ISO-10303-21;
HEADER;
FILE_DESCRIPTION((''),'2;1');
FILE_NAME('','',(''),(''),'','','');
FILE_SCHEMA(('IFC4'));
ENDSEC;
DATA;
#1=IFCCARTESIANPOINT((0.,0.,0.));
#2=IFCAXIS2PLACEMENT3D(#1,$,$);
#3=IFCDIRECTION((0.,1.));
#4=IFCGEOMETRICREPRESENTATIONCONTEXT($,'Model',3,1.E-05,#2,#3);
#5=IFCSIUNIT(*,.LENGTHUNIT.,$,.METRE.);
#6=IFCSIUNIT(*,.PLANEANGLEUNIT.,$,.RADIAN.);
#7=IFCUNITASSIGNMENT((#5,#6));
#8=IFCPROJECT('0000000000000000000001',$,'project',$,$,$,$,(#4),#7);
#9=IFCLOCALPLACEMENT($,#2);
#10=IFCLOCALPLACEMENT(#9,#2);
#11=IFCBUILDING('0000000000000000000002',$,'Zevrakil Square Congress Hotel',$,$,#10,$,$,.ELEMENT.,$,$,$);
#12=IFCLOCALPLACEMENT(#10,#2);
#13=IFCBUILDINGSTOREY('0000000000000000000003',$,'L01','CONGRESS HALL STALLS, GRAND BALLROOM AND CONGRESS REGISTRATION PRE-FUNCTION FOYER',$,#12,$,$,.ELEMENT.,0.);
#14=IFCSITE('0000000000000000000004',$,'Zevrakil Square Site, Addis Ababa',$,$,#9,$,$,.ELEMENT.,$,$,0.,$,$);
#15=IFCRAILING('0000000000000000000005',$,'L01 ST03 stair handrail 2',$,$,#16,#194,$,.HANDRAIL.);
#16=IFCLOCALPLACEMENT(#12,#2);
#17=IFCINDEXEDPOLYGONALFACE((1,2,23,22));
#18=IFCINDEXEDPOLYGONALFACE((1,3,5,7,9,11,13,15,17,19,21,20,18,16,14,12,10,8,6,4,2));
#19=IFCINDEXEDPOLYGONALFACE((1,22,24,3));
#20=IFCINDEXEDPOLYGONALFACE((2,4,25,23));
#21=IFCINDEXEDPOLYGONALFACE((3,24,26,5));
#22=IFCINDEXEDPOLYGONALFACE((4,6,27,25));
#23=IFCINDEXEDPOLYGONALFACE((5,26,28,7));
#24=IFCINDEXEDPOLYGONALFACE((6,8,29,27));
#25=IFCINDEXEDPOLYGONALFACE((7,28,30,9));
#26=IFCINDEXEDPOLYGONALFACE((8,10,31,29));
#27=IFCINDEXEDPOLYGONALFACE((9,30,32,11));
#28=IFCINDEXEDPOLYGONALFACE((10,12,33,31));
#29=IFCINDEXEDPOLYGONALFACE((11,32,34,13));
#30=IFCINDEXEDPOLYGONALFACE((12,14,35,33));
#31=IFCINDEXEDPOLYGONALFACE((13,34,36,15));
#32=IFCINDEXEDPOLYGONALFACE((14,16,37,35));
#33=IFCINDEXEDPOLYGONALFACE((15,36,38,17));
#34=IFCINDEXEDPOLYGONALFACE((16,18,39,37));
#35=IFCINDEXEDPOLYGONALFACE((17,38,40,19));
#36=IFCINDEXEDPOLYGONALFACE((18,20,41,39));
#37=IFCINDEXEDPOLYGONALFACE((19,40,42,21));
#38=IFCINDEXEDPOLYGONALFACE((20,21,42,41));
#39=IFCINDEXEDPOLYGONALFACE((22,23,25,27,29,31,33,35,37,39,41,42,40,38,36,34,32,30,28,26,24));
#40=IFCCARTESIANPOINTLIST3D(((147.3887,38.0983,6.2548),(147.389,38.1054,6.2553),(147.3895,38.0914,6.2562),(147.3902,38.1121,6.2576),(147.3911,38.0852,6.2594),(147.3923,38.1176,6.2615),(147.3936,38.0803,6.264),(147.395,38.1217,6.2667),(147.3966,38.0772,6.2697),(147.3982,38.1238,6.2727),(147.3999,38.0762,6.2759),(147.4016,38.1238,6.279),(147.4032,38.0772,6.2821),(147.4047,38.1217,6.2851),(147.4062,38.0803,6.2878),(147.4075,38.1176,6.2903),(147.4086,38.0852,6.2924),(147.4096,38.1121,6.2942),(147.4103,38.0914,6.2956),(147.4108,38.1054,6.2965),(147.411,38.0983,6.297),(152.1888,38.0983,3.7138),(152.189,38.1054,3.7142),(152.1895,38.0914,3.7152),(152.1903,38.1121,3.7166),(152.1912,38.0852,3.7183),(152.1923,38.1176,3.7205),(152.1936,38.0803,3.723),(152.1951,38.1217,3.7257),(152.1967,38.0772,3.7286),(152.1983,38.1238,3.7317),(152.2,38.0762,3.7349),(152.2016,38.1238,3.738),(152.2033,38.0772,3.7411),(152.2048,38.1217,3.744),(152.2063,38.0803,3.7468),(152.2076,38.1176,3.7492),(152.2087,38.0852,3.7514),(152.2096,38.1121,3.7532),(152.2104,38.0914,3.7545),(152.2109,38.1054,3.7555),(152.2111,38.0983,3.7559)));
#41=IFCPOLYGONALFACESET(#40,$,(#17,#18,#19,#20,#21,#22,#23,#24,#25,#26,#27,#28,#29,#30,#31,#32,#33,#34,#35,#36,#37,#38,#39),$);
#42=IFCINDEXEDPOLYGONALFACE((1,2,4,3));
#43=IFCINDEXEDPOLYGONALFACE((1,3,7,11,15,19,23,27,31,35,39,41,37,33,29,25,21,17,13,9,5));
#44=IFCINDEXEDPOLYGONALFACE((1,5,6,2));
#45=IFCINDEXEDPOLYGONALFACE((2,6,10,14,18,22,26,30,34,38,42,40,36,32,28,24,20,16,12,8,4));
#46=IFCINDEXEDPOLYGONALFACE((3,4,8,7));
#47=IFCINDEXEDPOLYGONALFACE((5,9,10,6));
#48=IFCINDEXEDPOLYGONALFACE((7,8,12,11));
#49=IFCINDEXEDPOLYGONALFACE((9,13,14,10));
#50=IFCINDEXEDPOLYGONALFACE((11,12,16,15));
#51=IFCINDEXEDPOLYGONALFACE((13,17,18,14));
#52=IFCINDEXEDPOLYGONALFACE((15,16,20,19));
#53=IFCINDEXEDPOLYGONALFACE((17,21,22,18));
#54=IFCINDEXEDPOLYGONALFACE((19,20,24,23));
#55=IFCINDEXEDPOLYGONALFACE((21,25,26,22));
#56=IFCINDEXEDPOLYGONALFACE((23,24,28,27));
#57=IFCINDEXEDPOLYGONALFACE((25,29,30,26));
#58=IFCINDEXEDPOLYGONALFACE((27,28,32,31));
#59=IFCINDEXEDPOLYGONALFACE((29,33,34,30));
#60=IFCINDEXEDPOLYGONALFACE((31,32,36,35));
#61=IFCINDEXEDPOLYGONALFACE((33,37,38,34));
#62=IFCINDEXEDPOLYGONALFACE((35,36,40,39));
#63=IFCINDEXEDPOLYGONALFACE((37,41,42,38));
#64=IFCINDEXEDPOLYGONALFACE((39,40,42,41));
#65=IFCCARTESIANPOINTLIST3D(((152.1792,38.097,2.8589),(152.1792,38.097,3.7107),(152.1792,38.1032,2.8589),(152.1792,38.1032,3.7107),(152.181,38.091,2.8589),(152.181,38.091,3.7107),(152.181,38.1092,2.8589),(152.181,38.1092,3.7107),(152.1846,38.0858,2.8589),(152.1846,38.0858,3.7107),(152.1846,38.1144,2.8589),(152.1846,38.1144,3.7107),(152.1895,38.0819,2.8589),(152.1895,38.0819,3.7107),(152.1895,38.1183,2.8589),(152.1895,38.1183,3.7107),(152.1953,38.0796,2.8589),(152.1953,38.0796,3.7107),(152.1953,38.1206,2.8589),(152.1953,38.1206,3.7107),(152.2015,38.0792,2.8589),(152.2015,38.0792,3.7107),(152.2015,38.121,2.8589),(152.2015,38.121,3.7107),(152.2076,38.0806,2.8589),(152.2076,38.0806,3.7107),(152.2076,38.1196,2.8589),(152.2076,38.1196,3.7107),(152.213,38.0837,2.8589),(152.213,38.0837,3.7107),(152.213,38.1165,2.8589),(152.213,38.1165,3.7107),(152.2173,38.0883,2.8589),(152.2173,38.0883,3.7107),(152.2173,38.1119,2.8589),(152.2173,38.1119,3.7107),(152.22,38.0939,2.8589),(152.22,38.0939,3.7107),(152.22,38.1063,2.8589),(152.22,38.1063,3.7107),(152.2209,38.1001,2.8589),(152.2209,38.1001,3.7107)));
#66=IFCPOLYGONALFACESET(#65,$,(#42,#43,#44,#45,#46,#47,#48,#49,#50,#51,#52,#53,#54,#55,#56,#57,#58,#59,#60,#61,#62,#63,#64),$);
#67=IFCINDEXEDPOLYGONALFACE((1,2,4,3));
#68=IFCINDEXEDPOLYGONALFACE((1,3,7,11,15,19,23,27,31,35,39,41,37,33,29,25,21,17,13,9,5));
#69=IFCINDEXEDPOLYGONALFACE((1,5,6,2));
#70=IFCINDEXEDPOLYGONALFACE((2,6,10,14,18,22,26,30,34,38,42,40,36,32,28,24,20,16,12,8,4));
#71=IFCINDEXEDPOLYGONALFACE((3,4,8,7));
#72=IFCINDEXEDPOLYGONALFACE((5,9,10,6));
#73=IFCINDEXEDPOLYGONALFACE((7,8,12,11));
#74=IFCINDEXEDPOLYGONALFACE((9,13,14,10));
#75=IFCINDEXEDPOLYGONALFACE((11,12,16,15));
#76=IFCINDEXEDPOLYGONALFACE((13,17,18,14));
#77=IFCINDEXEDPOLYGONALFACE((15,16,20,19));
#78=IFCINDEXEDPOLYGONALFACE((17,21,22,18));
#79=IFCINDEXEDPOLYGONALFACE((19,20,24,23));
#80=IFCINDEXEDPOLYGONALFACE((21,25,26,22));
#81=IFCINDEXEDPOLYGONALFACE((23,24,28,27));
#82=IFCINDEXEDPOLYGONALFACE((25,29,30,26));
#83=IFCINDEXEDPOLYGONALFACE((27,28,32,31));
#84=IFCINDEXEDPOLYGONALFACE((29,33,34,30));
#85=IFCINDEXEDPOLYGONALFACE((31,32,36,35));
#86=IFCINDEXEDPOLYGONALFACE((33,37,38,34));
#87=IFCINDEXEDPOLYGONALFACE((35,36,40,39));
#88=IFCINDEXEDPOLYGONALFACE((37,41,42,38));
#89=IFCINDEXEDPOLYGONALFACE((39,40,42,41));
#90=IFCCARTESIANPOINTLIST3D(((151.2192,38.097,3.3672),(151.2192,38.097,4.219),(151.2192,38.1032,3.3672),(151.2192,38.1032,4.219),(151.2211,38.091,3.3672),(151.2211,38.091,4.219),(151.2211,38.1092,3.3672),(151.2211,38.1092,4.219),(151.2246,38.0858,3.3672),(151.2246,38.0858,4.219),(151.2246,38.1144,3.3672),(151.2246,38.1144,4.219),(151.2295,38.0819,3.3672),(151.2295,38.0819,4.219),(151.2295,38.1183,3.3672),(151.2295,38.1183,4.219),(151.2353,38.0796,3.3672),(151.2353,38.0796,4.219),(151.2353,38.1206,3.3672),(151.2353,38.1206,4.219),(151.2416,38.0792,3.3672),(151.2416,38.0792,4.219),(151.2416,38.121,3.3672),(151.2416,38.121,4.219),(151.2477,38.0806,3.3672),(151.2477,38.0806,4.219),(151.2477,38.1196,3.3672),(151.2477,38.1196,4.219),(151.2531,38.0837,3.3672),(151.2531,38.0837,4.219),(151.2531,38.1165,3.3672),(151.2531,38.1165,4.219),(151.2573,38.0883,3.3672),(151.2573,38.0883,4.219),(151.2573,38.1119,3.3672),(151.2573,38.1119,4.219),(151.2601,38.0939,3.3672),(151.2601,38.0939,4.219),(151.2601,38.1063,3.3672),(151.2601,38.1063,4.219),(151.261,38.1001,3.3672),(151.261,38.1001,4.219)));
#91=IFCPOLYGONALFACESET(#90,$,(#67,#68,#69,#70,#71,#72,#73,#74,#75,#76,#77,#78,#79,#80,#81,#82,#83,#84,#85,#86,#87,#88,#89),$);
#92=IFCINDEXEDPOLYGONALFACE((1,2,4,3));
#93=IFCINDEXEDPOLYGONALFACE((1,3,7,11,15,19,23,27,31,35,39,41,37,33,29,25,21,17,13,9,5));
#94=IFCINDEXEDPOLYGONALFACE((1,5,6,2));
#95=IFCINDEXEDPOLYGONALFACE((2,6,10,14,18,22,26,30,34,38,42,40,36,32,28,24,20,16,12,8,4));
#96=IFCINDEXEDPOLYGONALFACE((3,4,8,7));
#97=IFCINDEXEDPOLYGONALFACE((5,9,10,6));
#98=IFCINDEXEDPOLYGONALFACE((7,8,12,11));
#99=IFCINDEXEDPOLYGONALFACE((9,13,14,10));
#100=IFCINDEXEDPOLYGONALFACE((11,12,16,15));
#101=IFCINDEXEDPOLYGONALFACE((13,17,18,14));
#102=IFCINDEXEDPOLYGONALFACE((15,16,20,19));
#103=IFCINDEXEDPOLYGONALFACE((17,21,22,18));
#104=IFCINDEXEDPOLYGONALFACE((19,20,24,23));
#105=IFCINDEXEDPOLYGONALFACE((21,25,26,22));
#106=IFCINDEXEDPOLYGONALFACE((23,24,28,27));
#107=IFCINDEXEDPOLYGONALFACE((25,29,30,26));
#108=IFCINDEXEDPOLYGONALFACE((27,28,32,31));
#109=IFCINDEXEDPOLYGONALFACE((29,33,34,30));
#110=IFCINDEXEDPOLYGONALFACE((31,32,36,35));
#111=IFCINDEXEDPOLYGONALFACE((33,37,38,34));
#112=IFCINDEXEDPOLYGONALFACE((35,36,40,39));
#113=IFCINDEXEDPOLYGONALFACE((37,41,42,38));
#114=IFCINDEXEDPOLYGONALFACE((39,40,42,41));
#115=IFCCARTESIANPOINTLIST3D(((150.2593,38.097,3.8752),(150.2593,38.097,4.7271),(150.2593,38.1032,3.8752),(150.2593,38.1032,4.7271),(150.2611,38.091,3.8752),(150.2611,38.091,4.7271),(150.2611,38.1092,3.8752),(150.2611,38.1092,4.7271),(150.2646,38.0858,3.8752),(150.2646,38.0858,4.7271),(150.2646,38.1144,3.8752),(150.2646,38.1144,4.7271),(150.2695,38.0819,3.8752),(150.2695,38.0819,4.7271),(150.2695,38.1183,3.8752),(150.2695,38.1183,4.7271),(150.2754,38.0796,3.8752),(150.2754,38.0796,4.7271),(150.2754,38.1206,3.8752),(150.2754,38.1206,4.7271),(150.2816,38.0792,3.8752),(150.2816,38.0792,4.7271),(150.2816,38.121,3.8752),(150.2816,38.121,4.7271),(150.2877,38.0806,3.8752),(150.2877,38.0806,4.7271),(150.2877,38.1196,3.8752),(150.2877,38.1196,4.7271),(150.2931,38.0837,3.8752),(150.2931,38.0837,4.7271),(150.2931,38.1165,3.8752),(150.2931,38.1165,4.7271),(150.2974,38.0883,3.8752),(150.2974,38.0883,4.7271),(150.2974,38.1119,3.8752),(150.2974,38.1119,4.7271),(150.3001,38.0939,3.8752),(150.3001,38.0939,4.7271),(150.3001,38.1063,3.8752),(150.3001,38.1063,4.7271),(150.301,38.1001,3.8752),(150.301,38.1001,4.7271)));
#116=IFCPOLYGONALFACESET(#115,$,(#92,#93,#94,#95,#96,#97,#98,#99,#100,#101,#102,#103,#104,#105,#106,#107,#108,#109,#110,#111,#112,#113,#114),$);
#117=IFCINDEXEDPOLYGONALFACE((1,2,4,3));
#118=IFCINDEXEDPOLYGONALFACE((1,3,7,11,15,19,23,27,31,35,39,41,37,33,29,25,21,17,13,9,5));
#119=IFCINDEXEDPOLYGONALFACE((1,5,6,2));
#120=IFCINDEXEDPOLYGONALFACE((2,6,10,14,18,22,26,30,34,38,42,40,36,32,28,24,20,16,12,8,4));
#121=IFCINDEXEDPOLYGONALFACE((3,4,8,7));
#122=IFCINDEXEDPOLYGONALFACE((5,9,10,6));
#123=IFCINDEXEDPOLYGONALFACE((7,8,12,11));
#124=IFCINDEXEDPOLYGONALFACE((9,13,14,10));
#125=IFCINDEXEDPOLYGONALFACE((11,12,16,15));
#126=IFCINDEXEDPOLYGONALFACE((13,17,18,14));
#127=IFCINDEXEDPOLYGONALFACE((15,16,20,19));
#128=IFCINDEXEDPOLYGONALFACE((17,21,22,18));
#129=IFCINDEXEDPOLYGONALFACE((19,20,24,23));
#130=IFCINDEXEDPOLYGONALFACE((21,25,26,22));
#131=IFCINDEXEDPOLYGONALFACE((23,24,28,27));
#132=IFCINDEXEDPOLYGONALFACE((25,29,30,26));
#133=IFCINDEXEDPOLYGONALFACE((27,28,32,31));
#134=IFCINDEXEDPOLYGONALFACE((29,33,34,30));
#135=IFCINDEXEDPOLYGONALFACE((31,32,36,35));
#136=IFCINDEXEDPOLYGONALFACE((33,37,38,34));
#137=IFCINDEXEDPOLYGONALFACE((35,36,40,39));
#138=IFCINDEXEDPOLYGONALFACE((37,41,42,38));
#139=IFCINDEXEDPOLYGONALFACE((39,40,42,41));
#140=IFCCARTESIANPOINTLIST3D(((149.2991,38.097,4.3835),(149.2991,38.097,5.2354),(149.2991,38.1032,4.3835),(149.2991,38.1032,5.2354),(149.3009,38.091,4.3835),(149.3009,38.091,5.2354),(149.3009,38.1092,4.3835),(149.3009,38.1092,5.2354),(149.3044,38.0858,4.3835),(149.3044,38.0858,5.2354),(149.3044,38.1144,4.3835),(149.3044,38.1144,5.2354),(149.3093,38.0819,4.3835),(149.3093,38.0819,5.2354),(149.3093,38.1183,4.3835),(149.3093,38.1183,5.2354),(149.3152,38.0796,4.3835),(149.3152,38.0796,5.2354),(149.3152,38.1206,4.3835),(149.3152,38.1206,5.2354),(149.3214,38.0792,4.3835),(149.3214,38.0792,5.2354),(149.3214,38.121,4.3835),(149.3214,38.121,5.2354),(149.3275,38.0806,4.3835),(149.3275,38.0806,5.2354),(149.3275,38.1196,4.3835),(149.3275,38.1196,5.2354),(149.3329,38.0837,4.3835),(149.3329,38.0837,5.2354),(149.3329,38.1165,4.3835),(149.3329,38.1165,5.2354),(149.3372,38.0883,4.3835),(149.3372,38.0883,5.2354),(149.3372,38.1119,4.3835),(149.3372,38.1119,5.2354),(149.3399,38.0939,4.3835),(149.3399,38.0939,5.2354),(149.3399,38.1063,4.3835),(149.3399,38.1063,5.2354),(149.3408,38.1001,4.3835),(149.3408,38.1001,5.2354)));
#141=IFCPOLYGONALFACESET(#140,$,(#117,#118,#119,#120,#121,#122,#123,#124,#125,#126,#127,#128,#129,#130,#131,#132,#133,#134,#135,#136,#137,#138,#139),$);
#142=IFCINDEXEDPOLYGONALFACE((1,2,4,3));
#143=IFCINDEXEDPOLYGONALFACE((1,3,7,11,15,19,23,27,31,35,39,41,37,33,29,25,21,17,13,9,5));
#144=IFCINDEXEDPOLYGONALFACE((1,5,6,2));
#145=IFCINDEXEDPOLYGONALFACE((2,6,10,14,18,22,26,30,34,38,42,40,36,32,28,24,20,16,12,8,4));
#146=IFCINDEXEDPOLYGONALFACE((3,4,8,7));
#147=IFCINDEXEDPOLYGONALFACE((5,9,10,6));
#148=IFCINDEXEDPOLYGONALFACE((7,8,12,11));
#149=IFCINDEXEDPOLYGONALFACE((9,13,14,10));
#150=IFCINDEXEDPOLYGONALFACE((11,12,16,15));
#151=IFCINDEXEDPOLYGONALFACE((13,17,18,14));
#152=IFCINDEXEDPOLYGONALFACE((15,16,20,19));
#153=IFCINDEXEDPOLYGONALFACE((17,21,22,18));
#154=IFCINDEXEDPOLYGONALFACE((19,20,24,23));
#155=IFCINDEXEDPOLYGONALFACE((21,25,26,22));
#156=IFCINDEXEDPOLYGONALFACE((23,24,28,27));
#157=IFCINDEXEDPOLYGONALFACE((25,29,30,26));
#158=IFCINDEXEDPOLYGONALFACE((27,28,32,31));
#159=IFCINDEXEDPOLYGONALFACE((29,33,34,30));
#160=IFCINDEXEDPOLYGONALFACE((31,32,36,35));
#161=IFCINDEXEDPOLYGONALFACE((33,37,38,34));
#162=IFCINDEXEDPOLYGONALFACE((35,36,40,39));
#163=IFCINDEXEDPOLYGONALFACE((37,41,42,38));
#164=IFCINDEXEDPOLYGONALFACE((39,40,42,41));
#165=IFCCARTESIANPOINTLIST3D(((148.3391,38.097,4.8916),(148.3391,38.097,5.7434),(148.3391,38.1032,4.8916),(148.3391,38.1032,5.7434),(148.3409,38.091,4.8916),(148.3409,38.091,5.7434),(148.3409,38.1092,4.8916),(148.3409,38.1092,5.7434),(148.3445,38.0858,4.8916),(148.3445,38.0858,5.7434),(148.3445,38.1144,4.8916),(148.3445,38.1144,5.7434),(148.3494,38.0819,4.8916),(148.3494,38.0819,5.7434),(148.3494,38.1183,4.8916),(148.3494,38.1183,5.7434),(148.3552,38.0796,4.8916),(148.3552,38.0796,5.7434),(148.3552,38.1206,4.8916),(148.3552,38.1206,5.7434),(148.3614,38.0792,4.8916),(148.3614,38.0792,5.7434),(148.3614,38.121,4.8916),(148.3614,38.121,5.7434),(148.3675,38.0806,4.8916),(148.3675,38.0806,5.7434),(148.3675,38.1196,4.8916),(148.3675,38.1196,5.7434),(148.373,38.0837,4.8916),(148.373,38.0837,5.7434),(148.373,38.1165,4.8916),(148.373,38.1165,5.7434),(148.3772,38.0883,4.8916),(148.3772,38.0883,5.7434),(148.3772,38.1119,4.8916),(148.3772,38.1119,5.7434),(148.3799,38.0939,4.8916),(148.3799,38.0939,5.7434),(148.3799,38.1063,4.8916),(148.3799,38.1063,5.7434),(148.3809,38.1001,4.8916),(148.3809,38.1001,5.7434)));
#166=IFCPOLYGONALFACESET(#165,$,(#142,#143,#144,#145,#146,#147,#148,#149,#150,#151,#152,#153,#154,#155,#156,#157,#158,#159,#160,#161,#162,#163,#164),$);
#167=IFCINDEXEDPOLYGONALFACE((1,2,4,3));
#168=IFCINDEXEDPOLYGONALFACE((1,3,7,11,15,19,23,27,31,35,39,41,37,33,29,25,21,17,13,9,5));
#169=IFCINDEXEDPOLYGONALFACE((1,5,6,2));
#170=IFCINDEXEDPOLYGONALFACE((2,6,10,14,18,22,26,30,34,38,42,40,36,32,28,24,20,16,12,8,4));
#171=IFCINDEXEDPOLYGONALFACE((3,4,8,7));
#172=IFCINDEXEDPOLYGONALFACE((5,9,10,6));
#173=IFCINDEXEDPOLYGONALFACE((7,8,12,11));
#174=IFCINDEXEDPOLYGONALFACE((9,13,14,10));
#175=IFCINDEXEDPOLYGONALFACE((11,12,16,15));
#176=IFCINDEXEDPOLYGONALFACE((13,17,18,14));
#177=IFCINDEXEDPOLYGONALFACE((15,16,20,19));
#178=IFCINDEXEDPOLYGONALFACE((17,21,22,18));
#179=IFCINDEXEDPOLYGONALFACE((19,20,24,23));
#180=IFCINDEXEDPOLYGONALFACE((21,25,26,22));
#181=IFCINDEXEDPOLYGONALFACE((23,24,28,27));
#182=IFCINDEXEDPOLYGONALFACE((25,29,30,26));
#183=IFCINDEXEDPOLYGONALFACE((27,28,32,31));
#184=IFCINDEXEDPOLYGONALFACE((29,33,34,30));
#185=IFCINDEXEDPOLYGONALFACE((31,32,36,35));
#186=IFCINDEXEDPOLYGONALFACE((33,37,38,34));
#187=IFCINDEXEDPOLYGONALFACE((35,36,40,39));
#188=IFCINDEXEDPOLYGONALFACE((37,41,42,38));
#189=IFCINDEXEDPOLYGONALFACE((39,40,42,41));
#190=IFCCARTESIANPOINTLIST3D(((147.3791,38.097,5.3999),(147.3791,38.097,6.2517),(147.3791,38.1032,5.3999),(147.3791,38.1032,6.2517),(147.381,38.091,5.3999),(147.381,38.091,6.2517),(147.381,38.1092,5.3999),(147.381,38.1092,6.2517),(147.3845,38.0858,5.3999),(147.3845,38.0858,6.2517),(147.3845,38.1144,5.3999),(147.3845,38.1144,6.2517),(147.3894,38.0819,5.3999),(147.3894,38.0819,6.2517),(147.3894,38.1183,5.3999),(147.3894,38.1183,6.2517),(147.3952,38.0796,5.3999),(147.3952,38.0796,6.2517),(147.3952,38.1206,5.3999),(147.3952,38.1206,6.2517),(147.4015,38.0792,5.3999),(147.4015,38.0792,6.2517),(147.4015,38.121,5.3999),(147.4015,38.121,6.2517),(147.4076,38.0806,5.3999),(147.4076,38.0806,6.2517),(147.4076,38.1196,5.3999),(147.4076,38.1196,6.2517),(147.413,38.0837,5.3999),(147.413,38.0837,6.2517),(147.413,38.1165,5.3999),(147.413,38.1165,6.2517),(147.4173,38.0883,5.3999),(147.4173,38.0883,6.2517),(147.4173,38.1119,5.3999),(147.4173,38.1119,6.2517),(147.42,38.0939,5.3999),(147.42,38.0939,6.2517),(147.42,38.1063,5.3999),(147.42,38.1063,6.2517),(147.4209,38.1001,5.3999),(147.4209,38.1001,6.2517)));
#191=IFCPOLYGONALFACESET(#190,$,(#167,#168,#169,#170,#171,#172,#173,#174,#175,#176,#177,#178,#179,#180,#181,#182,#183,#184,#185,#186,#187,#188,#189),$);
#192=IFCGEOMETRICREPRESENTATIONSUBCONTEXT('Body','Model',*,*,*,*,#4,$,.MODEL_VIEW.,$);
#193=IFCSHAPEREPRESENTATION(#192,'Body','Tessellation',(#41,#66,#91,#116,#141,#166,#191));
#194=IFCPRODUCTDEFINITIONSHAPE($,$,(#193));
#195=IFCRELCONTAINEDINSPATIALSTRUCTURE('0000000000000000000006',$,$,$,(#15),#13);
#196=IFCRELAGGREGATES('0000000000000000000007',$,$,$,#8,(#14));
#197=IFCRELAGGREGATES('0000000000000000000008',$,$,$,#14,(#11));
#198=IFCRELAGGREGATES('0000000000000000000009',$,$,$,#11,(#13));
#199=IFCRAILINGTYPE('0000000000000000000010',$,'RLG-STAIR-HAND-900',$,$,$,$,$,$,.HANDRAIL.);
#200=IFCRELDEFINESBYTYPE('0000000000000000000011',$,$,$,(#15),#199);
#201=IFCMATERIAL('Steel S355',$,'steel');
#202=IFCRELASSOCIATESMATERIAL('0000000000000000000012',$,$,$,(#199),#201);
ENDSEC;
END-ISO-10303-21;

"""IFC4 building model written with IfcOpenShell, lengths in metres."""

from ifc_helpers import new_model, si_unit, direction, frame, origin, origin_2d, place, context, subcontext, project, spatial, circle, extrude, material, type_object, element, save


model = new_model("IFC4")

# Units and contexts
model_context = context("Model", 3, precision=1e-05, world=origin(), true_north=direction((0.0, 1.0)))
body_context = subcontext(model_context, "Body", "Model", "MODEL_VIEW")
ifc_project = project(units=[si_unit("LENGTHUNIT", "METRE"), si_unit("PLANEANGLEUNIT", "RADIAN")], contexts=[model_context])

# Site, building, storey
site_placement = place(None, origin())
site = spatial("IfcSite", under=ifc_project, at=site_placement, Name="Zevrakil Square Site, Addis Ababa", CompositionType="ELEMENT", RefElevation=0.0)
building_placement = place(site_placement, origin())
building = spatial("IfcBuilding", under=site, at=building_placement, Name="Zevrakil Square Congress Hotel", CompositionType="ELEMENT")
storey_placement = place(building_placement, origin())
storey = spatial("IfcBuildingStorey", under=building, at=storey_placement, Name="L01", Description="CONGRESS HALL STALLS, GRAND BALLROOM AND CONGRESS REGISTRATION PRE-FUNCTION FOYER", CompositionType="ELEMENT", Elevation=0.0)

# Railing
ifc_material_1 = material(Name="Steel S355", Category="steel")
railing_type_1 = type_object("IfcRailingType", Name="RLG-STAIR-HAND-900", PredefinedType="HANDRAIL", material=ifc_material_1)
railing_1_placement = place(storey_placement, frame((152.2, 38.1001, 2.8589)))
element("IfcRailing", 1, at=railing_1_placement, inside=storey, type_object=railing_type_1, Name="L01 ST03 stair handrail 2", PredefinedType="HANDRAIL", context=body_context, shape_type="SweptSolid", body=[
    extrude(circle(Radius=0.0239, at=origin_2d()), frame((0.0, 0.0, 0.876), z_axis=(-0.883802, 0.0, 0.467861), x_axis=(0.0, -1.0, 0.0)), (0.0, 0.0, 1.0), 5.4312),
    extrude(circle(Radius=0.021, at=origin_2d()), origin(), (0.0, 0.0, 1.0), 0.8518),
    extrude(circle(Radius=0.021, at=origin_2d()), frame((-0.96, 0.0, 0.5083)), (0.0, 0.0, 1.0), 0.8518),
    extrude(circle(Radius=0.021, at=origin_2d()), frame((-1.9199, 0.0, 1.0164)), (0.0, 0.0, 1.0), 0.8518),
    extrude(circle(Radius=0.021, at=origin_2d()), frame((-2.8801, 0.0, 1.5247)), (0.0, 0.0, 1.0), 0.8518),
    extrude(circle(Radius=0.021, at=origin_2d()), frame((-3.8401, 0.0, 2.0327)), (0.0, 0.0, 1.0), 0.8518),
    extrude(circle(Radius=0.021, at=origin_2d()), frame((-4.8, 0.0, 2.541)), (0.0, 0.0, 1.0), 0.8518),
])

save(model, "model.ifc")
